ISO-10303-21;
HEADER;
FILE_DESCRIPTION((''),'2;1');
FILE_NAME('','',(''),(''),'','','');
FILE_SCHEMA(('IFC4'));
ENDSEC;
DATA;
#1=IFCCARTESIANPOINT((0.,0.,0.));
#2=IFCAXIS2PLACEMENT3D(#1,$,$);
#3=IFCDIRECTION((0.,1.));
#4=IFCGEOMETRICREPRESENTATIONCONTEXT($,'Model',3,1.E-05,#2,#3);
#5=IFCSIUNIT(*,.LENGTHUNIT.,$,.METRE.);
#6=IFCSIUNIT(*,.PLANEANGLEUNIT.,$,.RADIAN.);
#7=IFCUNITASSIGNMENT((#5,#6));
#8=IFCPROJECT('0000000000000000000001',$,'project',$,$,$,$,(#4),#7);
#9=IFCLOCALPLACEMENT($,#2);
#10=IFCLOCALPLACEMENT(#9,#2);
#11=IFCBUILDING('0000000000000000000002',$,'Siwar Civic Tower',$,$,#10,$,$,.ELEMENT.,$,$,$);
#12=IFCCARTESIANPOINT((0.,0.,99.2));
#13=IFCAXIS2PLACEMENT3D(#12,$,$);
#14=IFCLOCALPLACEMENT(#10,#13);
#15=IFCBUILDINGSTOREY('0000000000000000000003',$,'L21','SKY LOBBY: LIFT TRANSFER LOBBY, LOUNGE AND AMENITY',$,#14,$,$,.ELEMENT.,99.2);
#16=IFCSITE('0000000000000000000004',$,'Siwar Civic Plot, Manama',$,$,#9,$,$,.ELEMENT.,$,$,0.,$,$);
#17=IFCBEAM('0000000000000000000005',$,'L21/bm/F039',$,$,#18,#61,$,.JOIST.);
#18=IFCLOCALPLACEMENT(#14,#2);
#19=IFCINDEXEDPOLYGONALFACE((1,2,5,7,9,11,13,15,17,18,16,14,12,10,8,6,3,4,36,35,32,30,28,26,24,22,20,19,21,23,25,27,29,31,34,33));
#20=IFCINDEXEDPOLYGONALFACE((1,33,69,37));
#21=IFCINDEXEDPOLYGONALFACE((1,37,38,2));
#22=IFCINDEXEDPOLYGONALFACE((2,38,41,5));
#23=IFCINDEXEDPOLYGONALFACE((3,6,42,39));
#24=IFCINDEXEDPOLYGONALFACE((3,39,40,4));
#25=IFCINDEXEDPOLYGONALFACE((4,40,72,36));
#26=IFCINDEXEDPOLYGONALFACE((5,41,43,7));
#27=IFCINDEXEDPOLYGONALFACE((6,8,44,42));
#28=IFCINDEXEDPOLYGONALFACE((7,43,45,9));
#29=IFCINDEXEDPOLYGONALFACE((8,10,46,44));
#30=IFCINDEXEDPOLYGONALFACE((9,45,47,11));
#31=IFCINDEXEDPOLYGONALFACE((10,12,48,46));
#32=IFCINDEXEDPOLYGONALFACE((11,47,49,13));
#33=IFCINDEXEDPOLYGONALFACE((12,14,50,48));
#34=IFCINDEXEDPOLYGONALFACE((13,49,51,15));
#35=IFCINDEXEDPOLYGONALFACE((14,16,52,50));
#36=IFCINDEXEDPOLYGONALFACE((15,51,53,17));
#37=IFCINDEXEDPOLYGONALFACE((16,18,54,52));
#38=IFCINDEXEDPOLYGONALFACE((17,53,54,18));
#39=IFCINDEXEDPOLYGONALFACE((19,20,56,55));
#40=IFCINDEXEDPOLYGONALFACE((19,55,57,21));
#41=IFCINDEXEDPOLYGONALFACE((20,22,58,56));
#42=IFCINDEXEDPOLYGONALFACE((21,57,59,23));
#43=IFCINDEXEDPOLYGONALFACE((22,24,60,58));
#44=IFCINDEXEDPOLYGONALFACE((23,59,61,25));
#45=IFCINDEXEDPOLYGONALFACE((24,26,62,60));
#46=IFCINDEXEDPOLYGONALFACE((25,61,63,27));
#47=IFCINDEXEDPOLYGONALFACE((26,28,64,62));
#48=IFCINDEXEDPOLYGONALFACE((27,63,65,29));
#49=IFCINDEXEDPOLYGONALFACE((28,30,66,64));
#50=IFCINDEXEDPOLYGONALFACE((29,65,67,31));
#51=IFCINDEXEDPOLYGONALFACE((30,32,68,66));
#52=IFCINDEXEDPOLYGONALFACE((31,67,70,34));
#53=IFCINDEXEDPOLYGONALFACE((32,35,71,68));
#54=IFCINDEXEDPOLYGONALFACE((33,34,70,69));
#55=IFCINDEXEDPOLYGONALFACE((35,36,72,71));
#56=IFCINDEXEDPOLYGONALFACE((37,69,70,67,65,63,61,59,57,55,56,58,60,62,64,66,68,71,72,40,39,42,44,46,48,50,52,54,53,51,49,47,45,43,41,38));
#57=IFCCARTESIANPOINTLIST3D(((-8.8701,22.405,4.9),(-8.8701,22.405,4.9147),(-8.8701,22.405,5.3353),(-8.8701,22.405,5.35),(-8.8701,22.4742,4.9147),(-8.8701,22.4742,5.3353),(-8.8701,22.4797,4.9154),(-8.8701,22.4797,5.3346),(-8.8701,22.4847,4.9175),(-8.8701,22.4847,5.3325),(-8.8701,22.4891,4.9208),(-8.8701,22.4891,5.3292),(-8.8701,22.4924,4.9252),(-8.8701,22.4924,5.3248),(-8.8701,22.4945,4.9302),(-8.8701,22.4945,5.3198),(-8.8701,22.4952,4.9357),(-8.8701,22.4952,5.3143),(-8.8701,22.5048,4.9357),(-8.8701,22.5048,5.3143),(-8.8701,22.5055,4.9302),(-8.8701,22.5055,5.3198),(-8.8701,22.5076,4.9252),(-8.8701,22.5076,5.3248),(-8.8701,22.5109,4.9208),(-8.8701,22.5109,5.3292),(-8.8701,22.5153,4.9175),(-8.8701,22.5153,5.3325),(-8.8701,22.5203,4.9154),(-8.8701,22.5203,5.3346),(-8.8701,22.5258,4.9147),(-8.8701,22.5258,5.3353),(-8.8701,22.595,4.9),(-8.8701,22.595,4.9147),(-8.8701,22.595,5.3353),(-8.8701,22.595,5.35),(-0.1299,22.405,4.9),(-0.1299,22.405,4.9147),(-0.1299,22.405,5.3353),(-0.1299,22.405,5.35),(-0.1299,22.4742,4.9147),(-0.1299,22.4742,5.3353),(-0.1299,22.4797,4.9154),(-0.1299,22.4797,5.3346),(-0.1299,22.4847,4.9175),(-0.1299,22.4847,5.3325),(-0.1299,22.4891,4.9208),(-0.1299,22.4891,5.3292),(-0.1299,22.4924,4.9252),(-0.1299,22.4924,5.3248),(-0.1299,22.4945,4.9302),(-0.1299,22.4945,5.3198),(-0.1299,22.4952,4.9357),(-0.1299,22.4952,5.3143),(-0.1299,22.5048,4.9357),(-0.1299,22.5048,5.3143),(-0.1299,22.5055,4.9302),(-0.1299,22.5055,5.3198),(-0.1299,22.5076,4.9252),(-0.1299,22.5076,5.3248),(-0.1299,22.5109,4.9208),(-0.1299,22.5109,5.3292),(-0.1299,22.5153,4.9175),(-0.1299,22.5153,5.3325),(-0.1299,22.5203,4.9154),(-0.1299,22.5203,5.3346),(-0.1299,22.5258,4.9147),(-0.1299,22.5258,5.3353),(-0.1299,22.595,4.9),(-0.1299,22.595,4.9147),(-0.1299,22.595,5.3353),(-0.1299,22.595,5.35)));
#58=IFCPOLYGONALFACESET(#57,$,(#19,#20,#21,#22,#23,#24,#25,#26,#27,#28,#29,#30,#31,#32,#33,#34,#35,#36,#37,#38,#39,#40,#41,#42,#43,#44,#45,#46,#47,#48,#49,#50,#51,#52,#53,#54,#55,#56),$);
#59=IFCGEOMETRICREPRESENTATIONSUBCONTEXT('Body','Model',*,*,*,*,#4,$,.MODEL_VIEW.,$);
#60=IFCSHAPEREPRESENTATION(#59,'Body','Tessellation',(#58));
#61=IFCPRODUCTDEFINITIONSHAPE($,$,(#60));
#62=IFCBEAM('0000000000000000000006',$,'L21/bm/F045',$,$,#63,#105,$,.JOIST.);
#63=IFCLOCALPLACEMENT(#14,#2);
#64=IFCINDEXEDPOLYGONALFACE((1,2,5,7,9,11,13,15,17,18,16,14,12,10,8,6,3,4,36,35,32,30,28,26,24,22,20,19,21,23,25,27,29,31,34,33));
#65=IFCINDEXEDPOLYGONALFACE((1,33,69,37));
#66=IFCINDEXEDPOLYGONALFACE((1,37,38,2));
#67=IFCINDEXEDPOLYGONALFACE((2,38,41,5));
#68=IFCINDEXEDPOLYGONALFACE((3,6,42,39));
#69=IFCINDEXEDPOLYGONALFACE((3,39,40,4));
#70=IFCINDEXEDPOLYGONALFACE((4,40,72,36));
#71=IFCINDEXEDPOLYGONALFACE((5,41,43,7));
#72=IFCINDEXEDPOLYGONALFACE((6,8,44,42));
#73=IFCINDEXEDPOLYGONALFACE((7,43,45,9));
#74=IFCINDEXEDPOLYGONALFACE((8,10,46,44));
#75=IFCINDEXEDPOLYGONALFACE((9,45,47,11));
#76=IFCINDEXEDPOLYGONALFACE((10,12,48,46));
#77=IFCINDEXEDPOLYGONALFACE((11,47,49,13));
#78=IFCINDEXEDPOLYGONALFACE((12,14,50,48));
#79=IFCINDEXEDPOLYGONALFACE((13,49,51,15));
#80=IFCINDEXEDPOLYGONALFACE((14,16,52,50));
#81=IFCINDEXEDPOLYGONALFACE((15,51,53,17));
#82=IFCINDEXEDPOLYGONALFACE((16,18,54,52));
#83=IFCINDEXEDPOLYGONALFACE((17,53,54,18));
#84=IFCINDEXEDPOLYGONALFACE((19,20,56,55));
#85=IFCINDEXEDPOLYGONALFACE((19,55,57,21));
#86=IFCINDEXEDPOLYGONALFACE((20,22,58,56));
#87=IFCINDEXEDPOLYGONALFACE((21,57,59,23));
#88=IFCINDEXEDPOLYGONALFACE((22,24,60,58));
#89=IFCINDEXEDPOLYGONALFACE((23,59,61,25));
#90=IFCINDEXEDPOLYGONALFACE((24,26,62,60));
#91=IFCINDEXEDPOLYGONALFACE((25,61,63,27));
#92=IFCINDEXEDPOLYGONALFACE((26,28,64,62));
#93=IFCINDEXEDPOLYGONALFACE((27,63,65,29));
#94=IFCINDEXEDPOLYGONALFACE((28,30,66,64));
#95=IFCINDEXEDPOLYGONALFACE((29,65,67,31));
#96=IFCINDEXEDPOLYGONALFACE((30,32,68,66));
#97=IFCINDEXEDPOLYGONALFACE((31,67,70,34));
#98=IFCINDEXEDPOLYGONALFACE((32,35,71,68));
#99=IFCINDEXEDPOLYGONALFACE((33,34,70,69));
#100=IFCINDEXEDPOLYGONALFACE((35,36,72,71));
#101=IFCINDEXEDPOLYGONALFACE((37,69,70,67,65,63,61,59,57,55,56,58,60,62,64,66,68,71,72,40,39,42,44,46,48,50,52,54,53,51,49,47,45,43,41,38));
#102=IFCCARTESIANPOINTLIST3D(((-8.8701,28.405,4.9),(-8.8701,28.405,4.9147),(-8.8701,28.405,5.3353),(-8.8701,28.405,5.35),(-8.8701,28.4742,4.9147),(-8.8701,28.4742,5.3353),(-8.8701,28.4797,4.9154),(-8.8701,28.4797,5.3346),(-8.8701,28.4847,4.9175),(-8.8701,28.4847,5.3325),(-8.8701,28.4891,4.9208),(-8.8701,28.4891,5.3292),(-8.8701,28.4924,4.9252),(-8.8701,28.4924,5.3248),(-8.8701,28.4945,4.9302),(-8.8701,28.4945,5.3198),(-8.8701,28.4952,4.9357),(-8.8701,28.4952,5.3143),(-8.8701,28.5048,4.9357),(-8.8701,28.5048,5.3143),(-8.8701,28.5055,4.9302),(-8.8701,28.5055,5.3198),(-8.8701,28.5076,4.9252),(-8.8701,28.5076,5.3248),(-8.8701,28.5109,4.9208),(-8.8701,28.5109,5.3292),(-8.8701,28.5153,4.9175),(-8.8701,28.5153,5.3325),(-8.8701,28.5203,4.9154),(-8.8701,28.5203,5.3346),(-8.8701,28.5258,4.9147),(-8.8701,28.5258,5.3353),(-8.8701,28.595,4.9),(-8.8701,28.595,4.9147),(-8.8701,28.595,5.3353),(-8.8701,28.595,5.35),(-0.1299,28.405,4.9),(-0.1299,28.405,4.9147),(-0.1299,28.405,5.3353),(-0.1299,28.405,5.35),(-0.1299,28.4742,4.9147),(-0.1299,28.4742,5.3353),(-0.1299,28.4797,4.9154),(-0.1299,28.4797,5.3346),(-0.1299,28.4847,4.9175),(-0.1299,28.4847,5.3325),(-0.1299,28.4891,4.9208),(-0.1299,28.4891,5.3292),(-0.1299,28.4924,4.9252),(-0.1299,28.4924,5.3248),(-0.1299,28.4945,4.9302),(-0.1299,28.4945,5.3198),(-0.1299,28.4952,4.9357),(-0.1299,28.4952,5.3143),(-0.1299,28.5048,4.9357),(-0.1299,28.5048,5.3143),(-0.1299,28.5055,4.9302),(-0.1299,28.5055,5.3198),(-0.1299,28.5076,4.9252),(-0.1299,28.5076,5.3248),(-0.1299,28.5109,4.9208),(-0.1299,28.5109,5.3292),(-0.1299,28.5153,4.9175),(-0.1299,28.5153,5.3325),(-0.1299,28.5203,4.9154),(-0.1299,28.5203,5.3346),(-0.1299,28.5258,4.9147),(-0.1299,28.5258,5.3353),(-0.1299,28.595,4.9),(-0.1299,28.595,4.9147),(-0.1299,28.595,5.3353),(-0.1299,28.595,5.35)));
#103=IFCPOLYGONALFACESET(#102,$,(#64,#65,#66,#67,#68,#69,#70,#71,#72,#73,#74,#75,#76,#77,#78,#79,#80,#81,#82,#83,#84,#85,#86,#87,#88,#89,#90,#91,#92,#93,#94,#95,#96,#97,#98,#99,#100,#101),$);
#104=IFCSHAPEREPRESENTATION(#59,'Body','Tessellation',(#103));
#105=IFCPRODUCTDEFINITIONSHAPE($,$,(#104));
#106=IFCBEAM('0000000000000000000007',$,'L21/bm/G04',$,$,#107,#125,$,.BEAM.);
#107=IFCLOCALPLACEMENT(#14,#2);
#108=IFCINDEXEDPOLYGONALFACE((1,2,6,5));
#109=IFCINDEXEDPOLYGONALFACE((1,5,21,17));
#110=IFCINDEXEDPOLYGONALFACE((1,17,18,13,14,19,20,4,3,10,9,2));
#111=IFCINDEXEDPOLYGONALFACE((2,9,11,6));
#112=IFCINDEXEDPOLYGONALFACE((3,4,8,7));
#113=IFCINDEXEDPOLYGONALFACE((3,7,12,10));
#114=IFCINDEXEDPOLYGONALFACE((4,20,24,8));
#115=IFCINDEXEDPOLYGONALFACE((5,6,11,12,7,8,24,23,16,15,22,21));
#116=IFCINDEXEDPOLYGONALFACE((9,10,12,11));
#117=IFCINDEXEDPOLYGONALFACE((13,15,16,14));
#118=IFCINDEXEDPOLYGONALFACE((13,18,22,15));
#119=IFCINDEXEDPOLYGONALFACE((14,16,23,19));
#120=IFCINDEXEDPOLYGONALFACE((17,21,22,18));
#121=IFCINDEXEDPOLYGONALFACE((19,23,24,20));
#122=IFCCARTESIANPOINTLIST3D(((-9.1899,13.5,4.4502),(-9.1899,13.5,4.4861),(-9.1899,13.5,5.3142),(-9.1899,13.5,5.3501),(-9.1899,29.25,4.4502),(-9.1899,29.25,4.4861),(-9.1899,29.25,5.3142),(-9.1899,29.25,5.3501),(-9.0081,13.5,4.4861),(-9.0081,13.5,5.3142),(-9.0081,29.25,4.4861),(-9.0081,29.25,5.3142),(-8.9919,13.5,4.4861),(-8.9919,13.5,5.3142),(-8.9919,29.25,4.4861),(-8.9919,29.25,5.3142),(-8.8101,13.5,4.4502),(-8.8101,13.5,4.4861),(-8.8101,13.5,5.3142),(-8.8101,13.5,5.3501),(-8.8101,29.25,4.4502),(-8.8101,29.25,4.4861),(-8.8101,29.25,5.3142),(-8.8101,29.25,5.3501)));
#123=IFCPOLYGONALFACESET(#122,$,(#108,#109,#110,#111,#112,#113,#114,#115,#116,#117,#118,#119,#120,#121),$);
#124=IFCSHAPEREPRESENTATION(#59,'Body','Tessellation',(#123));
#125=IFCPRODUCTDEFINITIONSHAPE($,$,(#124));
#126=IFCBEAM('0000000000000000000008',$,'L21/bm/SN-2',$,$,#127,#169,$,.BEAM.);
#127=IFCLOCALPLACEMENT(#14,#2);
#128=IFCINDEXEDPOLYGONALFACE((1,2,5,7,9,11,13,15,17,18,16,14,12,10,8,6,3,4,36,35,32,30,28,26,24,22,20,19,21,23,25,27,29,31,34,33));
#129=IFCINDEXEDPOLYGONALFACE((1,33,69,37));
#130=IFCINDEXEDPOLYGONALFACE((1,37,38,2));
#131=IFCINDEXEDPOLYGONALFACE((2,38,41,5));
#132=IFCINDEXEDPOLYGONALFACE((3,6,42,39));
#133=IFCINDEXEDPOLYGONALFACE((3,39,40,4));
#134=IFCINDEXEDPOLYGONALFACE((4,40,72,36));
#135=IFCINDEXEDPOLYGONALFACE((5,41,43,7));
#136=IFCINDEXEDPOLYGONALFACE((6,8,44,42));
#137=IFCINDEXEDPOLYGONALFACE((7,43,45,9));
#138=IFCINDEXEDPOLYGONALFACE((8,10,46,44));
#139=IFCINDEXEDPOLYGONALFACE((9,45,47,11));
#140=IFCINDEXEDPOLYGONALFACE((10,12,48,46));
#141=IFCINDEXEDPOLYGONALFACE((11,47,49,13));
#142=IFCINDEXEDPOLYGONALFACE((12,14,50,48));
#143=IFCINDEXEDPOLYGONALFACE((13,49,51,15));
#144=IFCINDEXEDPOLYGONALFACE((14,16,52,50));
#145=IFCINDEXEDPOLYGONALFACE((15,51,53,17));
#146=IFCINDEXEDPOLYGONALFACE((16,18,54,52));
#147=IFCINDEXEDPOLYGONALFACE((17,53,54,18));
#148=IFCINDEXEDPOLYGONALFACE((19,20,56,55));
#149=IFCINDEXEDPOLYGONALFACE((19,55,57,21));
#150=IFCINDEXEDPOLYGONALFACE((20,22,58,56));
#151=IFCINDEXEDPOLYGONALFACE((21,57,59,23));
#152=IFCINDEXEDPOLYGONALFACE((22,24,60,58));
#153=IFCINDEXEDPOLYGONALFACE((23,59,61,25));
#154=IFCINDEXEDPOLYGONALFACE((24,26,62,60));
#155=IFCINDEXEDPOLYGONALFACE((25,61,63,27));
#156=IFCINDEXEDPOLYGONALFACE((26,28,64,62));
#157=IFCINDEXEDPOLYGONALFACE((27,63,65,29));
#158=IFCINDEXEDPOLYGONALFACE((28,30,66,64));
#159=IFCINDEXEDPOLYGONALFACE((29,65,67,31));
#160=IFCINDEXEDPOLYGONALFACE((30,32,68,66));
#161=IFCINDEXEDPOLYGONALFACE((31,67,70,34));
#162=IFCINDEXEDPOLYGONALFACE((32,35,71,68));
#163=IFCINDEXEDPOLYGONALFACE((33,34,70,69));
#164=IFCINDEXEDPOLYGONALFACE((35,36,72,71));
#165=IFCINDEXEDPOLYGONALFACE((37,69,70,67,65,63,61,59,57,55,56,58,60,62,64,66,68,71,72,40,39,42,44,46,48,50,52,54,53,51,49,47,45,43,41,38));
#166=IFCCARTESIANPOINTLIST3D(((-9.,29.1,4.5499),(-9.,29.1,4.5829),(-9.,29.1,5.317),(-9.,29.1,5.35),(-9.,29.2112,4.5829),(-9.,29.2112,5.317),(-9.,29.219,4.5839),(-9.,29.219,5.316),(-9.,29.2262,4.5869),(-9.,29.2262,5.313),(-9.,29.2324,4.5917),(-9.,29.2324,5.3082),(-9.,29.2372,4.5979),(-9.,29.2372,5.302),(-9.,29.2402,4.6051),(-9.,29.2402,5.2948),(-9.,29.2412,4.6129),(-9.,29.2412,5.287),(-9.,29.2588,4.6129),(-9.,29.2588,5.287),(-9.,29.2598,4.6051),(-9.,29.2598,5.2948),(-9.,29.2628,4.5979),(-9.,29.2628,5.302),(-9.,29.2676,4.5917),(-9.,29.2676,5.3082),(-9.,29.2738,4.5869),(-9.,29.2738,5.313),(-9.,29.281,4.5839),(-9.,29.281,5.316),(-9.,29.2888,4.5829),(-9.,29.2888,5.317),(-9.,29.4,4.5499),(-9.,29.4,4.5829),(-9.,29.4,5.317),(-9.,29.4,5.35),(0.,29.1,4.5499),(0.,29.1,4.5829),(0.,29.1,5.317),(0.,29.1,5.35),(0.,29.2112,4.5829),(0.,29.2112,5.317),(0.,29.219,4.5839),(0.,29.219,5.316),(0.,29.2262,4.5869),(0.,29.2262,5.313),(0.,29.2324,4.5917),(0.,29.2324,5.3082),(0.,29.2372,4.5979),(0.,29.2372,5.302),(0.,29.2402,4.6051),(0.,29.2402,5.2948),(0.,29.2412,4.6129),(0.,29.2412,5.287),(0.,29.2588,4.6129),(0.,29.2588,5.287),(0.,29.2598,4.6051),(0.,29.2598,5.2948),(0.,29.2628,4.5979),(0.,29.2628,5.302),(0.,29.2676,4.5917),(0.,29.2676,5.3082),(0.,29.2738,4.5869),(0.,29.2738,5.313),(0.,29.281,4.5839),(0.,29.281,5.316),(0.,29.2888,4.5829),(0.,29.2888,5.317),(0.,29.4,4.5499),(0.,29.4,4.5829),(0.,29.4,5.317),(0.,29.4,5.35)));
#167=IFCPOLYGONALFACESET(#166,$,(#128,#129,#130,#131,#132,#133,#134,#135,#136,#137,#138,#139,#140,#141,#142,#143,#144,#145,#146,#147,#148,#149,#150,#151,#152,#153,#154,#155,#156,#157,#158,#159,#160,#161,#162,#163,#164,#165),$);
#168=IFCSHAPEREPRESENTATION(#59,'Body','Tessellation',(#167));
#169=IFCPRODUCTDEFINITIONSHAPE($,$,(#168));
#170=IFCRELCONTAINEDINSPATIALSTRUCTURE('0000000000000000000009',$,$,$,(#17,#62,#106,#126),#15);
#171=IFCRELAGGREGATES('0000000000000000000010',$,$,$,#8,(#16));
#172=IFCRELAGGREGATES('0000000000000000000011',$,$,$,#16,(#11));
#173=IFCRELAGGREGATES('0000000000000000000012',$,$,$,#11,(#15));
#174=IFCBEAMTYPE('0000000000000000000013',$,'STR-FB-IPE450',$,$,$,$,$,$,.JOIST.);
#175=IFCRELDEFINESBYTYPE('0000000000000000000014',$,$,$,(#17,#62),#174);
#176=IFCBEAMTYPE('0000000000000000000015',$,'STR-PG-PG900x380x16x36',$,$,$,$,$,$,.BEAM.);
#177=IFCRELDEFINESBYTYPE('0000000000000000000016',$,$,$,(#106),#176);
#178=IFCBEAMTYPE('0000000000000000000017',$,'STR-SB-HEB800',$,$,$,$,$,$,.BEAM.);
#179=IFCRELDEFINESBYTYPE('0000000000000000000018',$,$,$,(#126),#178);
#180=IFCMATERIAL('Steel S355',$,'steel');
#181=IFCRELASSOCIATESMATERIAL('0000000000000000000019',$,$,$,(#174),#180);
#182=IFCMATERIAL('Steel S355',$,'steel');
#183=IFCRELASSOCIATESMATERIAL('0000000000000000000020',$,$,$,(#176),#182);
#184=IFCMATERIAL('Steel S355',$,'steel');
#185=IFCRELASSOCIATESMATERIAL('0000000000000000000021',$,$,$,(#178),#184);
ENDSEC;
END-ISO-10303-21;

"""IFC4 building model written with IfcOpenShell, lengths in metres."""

from ifc_helpers import new_model, si_unit, direction, frame, origin, origin_2d, place, context, subcontext, project, spatial, i_section, extrude, material, material_profile, profile_set, type_object, element, save


model = new_model("IFC4")

# Units and contexts
model_context = context("Model", 3, precision=1e-05, world=origin(), true_north=direction((0.0, 1.0)))
body_context = subcontext(model_context, "Body", "Model", "MODEL_VIEW")
ifc_project = project(units=[si_unit("LENGTHUNIT", "METRE"), si_unit("PLANEANGLEUNIT", "RADIAN")], contexts=[model_context])

# Site, building, storey
site_placement = place(None, origin())
site = spatial("IfcSite", under=ifc_project, at=site_placement, Name="Siwar Civic Plot, Manama", CompositionType="ELEMENT", RefElevation=0.0)
building_placement = place(site_placement, origin())
building = spatial("IfcBuilding", under=site, at=building_placement, Name="Siwar Civic Tower", CompositionType="ELEMENT")
storey_placement = place(building_placement, frame((0.0, 0.0, 99.2)))
storey = spatial("IfcBuildingStorey", under=building, at=storey_placement, Name="L21", Description="SKY LOBBY: LIFT TRANSFER LOBBY, LOUNGE AND AMENITY", CompositionType="ELEMENT", Elevation=99.2)

# Beams
ifc_material_1 = material(Name="Steel S355", Category="steel")
ifc_material_profile_1 = material_profile(ifc_material_1, i_section(OverallWidth=0.1899, OverallDepth=0.45, WebThickness=0.0095, FlangeThickness=0.0146, FilletRadius=0.021, at=origin_2d()), Name="IPE450")
ifc_profile_set_1 = profile_set([ifc_material_profile_1], Name="Steel S355")
beam_type_1 = type_object("IfcBeamType", Name="STR-FB-IPE450", PredefinedType="JOIST", material=ifc_profile_set_1)
for number, where, z_axis, x_axis, name in (
    (1, (-8.8701, 22.5, 5.125), (1.0, 0.0, 0.0), (0.0, 1.0, 0.0), "L21/bm/F039"),
    (2, (-8.8701, 28.5, 5.125), (1.0, 0.0, 0.0), (0.0, 1.0, 0.0), "L21/bm/F045"),
):
    element("IfcBeam", number, at=place(storey_placement, frame(where, z_axis=z_axis, x_axis=x_axis)), inside=storey, type_object=beam_type_1, Name=name, PredefinedType="JOIST", context=body_context, shape_type="SweptSolid", body=[
        extrude(i_section(OverallWidth=0.1899, OverallDepth=0.45, WebThickness=0.0095, FlangeThickness=0.0146, FilletRadius=0.021, at=origin_2d()), origin(), (0.0, 0.0, 1.0), 8.7402),
    ])
ifc_material_2 = material(Name="Steel S355", Category="steel")
ifc_material_profile_2 = material_profile(ifc_material_2, i_section(OverallWidth=0.3799, OverallDepth=0.8999, WebThickness=0.0161, FlangeThickness=0.0359, at=origin_2d()), Name="PG900x380x16x36")
ifc_profile_set_2 = profile_set([ifc_material_profile_2], Name="Steel S355")
beam_type_2 = type_object("IfcBeamType", Name="STR-PG-PG900x380x16x36", PredefinedType="BEAM", material=ifc_profile_set_2)
beam_1_placement = place(storey_placement, frame((-9.0, 13.5, 4.9001), z_axis=(0.0, 1.0, 0.0), x_axis=(-1.0, 0.0, 0.0)))
element("IfcBeam", 3, at=beam_1_placement, inside=storey, type_object=beam_type_2, Name="L21/bm/G04", PredefinedType="BEAM", context=body_context, shape_type="SweptSolid", body=[
    extrude(i_section(OverallWidth=0.3799, OverallDepth=0.8999, WebThickness=0.0161, FlangeThickness=0.0359, at=origin_2d()), origin(), (0.0, 0.0, 1.0), 15.75),
])
ifc_material_3 = material(Name="Steel S355", Category="steel")
ifc_material_profile_3 = material_profile(ifc_material_3, i_section(OverallWidth=0.3, OverallDepth=0.8, WebThickness=0.0176, FlangeThickness=0.033, FilletRadius=0.03, at=origin_2d()), Name="HEB800")
ifc_profile_set_3 = profile_set([ifc_material_profile_3], Name="Steel S355")
beam_type_3 = type_object("IfcBeamType", Name="STR-SB-HEB800", PredefinedType="BEAM", material=ifc_profile_set_3)
for number, where, z_axis, x_axis, name in (
    (4, (0.0, 29.25, 4.95), (-1.0, 0.0, 0.0), (0.0, -1.0, 0.0), "L21/bm/SN-2"),
):
    element("IfcBeam", number, at=place(storey_placement, frame(where, z_axis=z_axis, x_axis=x_axis)), inside=storey, type_object=beam_type_3, Name=name, PredefinedType="BEAM", context=body_context, shape_type="SweptSolid", body=[
        extrude(i_section(OverallWidth=0.3, OverallDepth=0.8, WebThickness=0.0176, FlangeThickness=0.033, FilletRadius=0.03, at=origin_2d()), origin(), (0.0, 0.0, 1.0), 9.0),
    ])

save(model, "model.ifc")
